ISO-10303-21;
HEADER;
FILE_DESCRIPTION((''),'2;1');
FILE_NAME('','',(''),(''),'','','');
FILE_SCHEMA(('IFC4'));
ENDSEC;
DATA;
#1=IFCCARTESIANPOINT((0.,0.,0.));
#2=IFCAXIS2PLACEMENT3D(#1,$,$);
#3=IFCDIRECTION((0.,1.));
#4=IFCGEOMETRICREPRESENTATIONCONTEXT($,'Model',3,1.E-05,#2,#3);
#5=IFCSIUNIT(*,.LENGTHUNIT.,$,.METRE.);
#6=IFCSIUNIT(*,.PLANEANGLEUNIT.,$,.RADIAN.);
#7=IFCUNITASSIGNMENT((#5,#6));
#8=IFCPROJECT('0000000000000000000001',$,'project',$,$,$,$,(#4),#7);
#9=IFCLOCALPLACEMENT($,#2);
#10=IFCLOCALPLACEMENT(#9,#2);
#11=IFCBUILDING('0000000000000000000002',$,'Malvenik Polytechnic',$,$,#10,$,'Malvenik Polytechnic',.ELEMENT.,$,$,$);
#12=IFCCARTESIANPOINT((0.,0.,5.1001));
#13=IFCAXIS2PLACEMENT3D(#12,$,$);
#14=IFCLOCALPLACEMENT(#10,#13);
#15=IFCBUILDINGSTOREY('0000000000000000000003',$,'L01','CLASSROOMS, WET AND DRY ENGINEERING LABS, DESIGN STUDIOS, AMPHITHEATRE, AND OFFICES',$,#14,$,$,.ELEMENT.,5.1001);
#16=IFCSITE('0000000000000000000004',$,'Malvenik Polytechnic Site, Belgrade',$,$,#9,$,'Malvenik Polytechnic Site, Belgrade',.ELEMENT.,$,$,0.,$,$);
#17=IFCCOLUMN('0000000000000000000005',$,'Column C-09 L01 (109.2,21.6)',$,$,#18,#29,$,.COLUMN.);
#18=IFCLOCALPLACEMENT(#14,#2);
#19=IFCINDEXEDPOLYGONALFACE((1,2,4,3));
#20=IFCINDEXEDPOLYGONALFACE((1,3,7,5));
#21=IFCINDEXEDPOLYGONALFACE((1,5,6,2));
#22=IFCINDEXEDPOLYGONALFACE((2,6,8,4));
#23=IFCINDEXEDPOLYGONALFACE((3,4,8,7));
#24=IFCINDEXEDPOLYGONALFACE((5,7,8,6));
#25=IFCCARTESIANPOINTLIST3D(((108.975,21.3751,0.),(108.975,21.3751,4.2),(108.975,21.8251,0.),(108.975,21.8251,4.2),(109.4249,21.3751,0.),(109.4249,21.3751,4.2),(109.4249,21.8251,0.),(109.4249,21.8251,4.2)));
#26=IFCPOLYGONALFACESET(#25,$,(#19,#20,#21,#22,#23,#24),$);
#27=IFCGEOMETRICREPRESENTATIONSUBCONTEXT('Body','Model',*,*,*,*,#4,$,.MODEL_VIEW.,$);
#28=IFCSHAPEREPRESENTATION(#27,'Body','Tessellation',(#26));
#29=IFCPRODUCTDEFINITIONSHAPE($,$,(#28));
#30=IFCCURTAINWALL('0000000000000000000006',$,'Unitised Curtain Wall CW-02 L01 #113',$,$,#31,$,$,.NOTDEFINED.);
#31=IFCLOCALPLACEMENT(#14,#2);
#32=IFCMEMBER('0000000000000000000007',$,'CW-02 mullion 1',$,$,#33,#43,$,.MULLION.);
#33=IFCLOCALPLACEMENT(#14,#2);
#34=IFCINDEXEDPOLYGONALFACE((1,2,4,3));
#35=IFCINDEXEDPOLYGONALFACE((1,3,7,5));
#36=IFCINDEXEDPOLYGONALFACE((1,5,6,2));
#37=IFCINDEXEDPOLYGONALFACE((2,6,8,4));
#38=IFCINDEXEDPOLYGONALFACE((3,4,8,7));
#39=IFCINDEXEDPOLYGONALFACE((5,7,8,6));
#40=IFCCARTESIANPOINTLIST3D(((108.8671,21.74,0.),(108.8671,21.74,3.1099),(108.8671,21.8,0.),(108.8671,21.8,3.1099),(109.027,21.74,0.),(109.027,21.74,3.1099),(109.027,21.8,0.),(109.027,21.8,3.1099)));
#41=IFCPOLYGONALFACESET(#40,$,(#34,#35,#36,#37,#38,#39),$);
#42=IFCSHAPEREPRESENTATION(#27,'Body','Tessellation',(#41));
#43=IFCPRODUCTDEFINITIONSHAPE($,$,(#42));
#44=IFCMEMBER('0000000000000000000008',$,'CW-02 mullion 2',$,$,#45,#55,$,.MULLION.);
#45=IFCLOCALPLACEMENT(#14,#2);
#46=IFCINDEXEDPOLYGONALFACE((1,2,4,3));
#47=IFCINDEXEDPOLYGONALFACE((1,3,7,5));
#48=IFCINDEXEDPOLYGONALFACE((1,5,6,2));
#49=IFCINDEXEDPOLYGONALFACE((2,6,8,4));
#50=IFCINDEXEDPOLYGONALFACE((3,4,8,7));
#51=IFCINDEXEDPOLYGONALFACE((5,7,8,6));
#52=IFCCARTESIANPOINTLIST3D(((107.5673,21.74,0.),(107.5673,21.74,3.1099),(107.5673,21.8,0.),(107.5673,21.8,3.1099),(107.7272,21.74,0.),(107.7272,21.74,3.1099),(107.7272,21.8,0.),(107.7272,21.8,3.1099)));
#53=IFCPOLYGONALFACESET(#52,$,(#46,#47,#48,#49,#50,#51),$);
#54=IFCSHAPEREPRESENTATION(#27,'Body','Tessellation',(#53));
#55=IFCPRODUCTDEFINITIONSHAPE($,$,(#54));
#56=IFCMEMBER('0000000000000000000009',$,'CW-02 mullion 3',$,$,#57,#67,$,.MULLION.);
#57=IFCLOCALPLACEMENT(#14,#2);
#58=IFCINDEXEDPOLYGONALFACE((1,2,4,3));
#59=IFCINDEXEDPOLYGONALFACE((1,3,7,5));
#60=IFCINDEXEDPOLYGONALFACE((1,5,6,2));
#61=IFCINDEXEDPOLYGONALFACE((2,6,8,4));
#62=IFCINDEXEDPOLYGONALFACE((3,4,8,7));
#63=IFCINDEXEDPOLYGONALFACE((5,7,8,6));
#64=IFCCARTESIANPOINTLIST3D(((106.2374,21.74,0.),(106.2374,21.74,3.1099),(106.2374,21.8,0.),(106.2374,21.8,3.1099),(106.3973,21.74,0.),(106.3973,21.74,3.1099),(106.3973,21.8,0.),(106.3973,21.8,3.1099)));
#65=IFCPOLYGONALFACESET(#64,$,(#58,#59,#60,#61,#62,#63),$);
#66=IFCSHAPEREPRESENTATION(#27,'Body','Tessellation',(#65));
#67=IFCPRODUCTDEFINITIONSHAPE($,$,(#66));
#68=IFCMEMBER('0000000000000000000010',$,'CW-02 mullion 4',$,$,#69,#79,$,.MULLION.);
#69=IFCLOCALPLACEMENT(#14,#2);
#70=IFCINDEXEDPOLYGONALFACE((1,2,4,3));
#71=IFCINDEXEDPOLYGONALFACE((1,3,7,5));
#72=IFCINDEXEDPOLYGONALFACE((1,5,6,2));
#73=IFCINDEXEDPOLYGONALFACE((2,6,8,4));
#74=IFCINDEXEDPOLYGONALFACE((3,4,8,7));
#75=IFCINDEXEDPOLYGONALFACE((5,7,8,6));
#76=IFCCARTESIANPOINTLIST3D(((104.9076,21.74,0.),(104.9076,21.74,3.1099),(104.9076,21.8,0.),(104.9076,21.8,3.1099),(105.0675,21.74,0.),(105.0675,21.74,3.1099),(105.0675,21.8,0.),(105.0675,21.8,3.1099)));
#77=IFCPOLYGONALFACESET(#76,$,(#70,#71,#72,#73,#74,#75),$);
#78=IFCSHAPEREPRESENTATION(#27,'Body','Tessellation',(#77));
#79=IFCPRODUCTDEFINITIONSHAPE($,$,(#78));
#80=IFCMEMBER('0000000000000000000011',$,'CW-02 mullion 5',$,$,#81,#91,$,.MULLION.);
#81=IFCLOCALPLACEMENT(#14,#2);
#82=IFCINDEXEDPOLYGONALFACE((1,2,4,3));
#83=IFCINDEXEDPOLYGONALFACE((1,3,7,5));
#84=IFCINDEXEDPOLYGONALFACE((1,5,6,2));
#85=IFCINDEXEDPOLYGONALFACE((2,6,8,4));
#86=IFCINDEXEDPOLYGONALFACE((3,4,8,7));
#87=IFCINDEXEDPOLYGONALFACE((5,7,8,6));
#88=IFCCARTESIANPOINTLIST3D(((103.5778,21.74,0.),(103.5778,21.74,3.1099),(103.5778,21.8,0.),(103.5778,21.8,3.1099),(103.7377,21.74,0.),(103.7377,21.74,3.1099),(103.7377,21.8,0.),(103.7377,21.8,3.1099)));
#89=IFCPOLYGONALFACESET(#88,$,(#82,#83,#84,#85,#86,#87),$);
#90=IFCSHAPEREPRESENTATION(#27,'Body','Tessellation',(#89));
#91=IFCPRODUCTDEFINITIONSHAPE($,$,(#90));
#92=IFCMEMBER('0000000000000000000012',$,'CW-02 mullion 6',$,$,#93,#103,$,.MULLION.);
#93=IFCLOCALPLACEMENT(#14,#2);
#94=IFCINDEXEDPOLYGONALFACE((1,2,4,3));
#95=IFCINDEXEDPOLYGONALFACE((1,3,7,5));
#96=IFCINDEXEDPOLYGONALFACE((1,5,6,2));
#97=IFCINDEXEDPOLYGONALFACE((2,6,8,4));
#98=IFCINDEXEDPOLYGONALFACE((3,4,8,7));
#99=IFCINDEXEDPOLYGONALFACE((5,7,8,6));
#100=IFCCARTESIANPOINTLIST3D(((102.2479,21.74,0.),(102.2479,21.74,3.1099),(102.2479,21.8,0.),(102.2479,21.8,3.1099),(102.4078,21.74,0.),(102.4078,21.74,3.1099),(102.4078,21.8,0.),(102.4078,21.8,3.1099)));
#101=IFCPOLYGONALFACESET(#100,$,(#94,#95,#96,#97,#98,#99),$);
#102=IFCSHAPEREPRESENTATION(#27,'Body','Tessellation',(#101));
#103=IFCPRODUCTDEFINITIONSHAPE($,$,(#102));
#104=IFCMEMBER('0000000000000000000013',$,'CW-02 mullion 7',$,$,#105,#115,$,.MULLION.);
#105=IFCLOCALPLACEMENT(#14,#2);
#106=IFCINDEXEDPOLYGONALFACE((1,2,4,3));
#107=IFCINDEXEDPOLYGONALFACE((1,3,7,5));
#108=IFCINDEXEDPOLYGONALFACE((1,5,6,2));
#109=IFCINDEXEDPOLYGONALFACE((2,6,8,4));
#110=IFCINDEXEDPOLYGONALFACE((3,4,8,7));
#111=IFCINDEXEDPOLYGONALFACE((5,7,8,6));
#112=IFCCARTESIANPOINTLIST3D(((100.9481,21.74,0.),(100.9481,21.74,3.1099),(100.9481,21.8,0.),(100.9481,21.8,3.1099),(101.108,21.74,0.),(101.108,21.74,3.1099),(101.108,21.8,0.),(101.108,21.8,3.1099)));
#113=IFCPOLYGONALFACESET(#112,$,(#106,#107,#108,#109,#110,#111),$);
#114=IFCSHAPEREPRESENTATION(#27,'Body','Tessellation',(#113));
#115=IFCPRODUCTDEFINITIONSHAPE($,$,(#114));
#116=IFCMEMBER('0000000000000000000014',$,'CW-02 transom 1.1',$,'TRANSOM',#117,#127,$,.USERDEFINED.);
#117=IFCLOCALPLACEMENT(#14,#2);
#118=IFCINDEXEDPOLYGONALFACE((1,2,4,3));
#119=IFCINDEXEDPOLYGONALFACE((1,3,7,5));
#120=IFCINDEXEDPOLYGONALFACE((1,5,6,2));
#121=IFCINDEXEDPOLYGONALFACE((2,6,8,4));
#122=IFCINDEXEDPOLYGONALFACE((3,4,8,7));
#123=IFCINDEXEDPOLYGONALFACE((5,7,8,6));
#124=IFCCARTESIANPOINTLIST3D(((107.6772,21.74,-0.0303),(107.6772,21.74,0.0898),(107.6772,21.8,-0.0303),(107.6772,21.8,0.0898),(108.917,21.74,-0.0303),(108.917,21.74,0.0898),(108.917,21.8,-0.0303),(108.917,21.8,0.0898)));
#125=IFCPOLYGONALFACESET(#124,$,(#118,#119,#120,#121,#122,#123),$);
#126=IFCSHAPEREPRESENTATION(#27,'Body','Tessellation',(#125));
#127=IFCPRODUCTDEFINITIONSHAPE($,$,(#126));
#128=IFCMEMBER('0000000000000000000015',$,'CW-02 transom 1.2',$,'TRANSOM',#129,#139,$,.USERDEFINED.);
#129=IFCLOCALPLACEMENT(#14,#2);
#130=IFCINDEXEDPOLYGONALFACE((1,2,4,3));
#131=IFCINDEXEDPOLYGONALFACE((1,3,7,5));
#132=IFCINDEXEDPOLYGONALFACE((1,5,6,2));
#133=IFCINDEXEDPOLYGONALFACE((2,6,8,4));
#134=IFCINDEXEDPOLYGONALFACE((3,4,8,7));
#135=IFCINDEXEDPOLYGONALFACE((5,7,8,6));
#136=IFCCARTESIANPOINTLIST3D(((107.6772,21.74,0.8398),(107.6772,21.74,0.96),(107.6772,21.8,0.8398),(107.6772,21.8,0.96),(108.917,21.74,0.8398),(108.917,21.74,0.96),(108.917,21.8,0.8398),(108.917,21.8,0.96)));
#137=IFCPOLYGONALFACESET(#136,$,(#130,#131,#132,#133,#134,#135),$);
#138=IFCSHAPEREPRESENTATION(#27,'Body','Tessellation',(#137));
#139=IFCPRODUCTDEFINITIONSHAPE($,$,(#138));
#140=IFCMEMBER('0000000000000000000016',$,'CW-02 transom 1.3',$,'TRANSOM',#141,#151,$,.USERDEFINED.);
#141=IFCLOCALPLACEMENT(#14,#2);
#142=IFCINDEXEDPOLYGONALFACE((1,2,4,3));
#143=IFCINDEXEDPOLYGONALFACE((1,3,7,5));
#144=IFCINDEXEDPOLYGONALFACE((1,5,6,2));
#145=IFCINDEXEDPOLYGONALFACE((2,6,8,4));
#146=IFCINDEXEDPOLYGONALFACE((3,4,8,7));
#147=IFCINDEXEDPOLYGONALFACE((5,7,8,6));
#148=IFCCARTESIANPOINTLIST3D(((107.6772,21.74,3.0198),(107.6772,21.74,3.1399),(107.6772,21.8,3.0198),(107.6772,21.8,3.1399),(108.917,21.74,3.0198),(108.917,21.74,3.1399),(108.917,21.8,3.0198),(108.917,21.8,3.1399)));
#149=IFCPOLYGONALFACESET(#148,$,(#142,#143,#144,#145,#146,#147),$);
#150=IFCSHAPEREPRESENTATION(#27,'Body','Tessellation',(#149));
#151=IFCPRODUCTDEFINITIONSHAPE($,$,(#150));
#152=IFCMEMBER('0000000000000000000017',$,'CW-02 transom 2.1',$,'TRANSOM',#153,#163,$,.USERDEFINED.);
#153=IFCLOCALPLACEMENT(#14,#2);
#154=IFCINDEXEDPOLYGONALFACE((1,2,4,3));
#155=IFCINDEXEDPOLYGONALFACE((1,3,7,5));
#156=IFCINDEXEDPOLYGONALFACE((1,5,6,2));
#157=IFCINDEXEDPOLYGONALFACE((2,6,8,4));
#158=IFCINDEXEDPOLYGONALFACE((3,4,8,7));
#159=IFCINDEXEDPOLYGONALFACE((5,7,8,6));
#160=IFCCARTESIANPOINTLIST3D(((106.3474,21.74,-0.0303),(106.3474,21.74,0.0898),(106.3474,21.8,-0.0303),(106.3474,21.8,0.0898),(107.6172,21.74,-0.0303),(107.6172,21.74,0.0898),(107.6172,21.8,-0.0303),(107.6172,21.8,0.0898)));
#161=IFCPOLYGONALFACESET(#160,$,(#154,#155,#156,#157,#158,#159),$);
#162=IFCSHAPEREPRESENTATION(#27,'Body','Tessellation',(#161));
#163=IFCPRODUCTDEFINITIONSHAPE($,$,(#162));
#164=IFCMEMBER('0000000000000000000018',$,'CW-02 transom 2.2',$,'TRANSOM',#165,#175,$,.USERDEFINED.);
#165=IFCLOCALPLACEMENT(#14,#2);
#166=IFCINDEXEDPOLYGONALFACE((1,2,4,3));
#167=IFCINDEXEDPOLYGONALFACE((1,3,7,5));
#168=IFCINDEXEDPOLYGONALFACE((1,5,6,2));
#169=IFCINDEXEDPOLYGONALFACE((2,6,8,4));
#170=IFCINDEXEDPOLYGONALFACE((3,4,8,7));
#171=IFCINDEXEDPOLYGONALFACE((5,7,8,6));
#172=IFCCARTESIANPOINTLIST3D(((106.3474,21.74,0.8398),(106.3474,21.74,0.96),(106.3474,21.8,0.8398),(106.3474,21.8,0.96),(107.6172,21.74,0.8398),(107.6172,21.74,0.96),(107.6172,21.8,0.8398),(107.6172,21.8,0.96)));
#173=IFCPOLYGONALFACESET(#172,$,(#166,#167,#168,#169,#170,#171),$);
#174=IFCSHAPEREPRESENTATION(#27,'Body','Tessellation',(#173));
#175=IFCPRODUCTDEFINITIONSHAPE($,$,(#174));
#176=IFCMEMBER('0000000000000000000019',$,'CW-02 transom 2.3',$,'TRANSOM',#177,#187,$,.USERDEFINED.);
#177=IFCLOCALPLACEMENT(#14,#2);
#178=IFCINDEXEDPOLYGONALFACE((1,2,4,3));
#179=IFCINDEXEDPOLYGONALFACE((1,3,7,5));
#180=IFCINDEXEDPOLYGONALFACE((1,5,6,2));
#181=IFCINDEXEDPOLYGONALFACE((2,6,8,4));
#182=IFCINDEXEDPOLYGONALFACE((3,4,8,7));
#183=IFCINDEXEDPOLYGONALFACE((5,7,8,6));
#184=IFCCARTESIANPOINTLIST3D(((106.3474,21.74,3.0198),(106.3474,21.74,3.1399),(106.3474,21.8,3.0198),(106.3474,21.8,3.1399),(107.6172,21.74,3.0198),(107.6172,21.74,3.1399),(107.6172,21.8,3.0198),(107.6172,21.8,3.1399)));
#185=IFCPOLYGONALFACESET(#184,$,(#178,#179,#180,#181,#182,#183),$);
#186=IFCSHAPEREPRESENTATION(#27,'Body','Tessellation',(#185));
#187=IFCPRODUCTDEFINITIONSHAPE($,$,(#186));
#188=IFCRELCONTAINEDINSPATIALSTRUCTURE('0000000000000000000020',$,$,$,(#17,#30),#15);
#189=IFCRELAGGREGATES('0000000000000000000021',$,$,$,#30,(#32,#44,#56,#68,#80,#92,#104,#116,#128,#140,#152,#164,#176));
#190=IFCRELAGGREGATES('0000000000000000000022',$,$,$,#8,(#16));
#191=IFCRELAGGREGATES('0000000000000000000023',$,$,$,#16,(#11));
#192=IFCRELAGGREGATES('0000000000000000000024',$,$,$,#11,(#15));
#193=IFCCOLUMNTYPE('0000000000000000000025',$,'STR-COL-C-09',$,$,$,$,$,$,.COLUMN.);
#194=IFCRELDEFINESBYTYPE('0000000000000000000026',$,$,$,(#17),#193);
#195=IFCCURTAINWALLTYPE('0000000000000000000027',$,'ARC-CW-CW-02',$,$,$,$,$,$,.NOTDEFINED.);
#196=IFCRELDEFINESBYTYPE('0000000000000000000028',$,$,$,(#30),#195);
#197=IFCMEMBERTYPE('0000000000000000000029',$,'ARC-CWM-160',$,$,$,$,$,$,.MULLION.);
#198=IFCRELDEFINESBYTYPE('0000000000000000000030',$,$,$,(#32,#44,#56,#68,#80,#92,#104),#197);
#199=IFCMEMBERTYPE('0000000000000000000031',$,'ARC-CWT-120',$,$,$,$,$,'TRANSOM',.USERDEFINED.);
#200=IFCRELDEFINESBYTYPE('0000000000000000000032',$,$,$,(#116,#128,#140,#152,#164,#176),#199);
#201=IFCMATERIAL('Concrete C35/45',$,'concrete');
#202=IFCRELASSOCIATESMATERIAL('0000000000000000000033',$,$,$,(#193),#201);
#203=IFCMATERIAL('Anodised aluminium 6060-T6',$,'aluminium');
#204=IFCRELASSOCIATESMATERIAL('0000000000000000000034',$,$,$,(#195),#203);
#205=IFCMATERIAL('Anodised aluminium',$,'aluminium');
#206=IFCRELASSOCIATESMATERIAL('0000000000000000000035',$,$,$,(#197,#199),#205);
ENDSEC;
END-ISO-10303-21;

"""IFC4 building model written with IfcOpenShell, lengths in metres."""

from ifc_helpers import new_model, si_unit, direction, frame, origin, origin_2d, place, context, subcontext, project, spatial, rectangle, extrude, material, material_profile, profile_set, type_object, element, aggregate, save


model = new_model("IFC4")

# Units and contexts
model_context = context("Model", 3, precision=1e-05, world=origin(), true_north=direction((0.0, 1.0)))
body_context = subcontext(model_context, "Body", "Model", "MODEL_VIEW")
ifc_project = project(units=[si_unit("LENGTHUNIT", "METRE"), si_unit("PLANEANGLEUNIT", "RADIAN")], contexts=[model_context])

# Site, building, storey
site_placement = place(None, origin())
site = spatial("IfcSite", under=ifc_project, at=site_placement, Name="Malvenik Polytechnic Site, Belgrade", LongName="Malvenik Polytechnic Site, Belgrade", CompositionType="ELEMENT", RefElevation=0.0)
building_placement = place(site_placement, origin())
building = spatial("IfcBuilding", under=site, at=building_placement, Name="Malvenik Polytechnic", LongName="Malvenik Polytechnic", CompositionType="ELEMENT")
storey_placement = place(building_placement, frame((0.0, 0.0, 5.1001)))
storey = spatial("IfcBuildingStorey", under=building, at=storey_placement, Name="L01", Description="CLASSROOMS, WET AND DRY ENGINEERING LABS, DESIGN STUDIOS, AMPHITHEATRE, AND OFFICES", CompositionType="ELEMENT", Elevation=5.1001)

# Column
ifc_material_1 = material(Name="Concrete C35/45", Category="concrete")
ifc_material_profile_1 = material_profile(ifc_material_1, rectangle(XDim=0.45, YDim=0.45, at=origin_2d()), Name="RC COL 450x450")
ifc_profile_set_1 = profile_set([ifc_material_profile_1], Name="Concrete C35/45")
column_type = type_object("IfcColumnType", Name="STR-COL-C-09", PredefinedType="COLUMN", material=ifc_profile_set_1)
column_placement = place(storey_placement, frame((109.2, 21.6001, 0.0), z_axis=(0.0, 0.0, 1.0), x_axis=(1.0, 0.0, 0.0)))
element("IfcColumn", 1, at=column_placement, inside=storey, type_object=column_type, Name="Column C-09 L01 (109.2,21.6)", PredefinedType="COLUMN", context=body_context, shape_type="SweptSolid", body=[
    extrude(rectangle(XDim=0.45, YDim=0.45, at=origin_2d()), origin(), (0.0, 0.0, 1.0), 4.2),
])

# Curtain wall, members
ifc_material_2 = material(Name="Anodised aluminium 6060-T6", Category="aluminium")
curtain_wall_type = type_object("IfcCurtainWallType", Name="ARC-CW-CW-02", PredefinedType="NOTDEFINED", material=ifc_material_2)
curtain_wall_placement = place(storey_placement, origin())
curtain_wall = element("IfcCurtainWall", 2, at=curtain_wall_placement, inside=storey, type_object=curtain_wall_type, Name="Unitised Curtain Wall CW-02 L01 #113", PredefinedType="NOTDEFINED")
ifc_material_3 = material(Name="Anodised aluminium", Category="aluminium")
ifc_material_profile_2 = material_profile(ifc_material_3, rectangle(XDim=0.0601, YDim=0.1599, at=origin_2d()), Name="ALU MULLION 60x160")
ifc_profile_set_2 = profile_set([ifc_material_profile_2], Name="Anodised aluminium")
member_type_1 = type_object("IfcMemberType", Name="ARC-CWM-160", PredefinedType="MULLION", material=ifc_profile_set_2)
member_1_placement = place(storey_placement, frame((108.947, 21.77, 0.0), z_axis=(0.0, 0.0, 1.0), x_axis=(0.0, -1.0, 0.0)))
member_1 = element("IfcMember", 3, at=member_1_placement, type_object=member_type_1, Name="CW-02 mullion 1", PredefinedType="MULLION", context=body_context, shape_type="SweptSolid", body=[
    extrude(rectangle(XDim=0.0601, YDim=0.1599, at=origin_2d()), origin(), (0.0, 0.0, 1.0), 3.1099),
])
member_2_placement = place(storey_placement, frame((107.6472, 21.77, 0.0), z_axis=(0.0, 0.0, 1.0), x_axis=(0.0, -1.0, 0.0)))
member_2 = element("IfcMember", 4, at=member_2_placement, type_object=member_type_1, Name="CW-02 mullion 2", PredefinedType="MULLION", context=body_context, shape_type="SweptSolid", body=[
    extrude(rectangle(XDim=0.0601, YDim=0.1599, at=origin_2d()), origin(), (0.0, 0.0, 1.0), 3.1099),
])
member_3_placement = place(storey_placement, frame((106.3174, 21.77, 0.0), z_axis=(0.0, 0.0, 1.0), x_axis=(0.0, -1.0, 0.0)))
member_3 = element("IfcMember", 5, at=member_3_placement, type_object=member_type_1, Name="CW-02 mullion 3", PredefinedType="MULLION", context=body_context, shape_type="SweptSolid", body=[
    extrude(rectangle(XDim=0.0601, YDim=0.1599, at=origin_2d()), origin(), (0.0, 0.0, 1.0), 3.1099),
])
member_4_placement = place(storey_placement, frame((104.9875, 21.77, 0.0), z_axis=(0.0, 0.0, 1.0), x_axis=(0.0, -1.0, 0.0)))
member_4 = element("IfcMember", 6, at=member_4_placement, type_object=member_type_1, Name="CW-02 mullion 4", PredefinedType="MULLION", context=body_context, shape_type="SweptSolid", body=[
    extrude(rectangle(XDim=0.0601, YDim=0.1599, at=origin_2d()), origin(), (0.0, 0.0, 1.0), 3.1099),
])
member_5_placement = place(storey_placement, frame((103.6577, 21.77, 0.0), z_axis=(0.0, 0.0, 1.0), x_axis=(0.0, -1.0, 0.0)))
member_5 = element("IfcMember", 7, at=member_5_placement, type_object=member_type_1, Name="CW-02 mullion 5", PredefinedType="MULLION", context=body_context, shape_type="SweptSolid", body=[
    extrude(rectangle(XDim=0.0601, YDim=0.1599, at=origin_2d()), origin(), (0.0, 0.0, 1.0), 3.1099),
])
member_6_placement = place(storey_placement, frame((102.3279, 21.77, 0.0), z_axis=(0.0, 0.0, 1.0), x_axis=(0.0, -1.0, 0.0)))
member_6 = element("IfcMember", 8, at=member_6_placement, type_object=member_type_1, Name="CW-02 mullion 6", PredefinedType="MULLION", context=body_context, shape_type="SweptSolid", body=[
    extrude(rectangle(XDim=0.0601, YDim=0.1599, at=origin_2d()), origin(), (0.0, 0.0, 1.0), 3.1099),
])
member_7_placement = place(storey_placement, frame((101.0281, 21.77, 0.0), z_axis=(0.0, 0.0, 1.0), x_axis=(0.0, -1.0, 0.0)))
member_7 = element("IfcMember", 9, at=member_7_placement, type_object=member_type_1, Name="CW-02 mullion 7", PredefinedType="MULLION", context=body_context, shape_type="SweptSolid", body=[
    extrude(rectangle(XDim=0.0601, YDim=0.1599, at=origin_2d()), origin(), (0.0, 0.0, 1.0), 3.1099),
])
ifc_material_profile_3 = material_profile(ifc_material_3, rectangle(XDim=0.0601, YDim=0.1201, at=origin_2d()), Name="ALU TRANSOM 60x120")
ifc_profile_set_3 = profile_set([ifc_material_profile_3], Name="Anodised aluminium")
member_type_2 = type_object("IfcMemberType", Name="ARC-CWT-120", ElementType="TRANSOM", PredefinedType="USERDEFINED", material=ifc_profile_set_3)
member_8_placement = place(storey_placement, frame((108.917, 21.77, 0.0298), z_axis=(-1.0, 0.0, 0.0), x_axis=(0.0, -1.0, 0.0)))
member_8 = element("IfcMember", 10, at=member_8_placement, type_object=member_type_2, Name="CW-02 transom 1.1", ObjectType="TRANSOM", PredefinedType="USERDEFINED", context=body_context, shape_type="SweptSolid", body=[
    extrude(rectangle(XDim=0.0601, YDim=0.1201, at=origin_2d()), origin(), (0.0, 0.0, 1.0), 1.2397),
])
member_9_placement = place(storey_placement, frame((108.917, 21.77, 0.8999), z_axis=(-1.0, 0.0, 0.0), x_axis=(0.0, -1.0, 0.0)))
member_9 = element("IfcMember", 11, at=member_9_placement, type_object=member_type_2, Name="CW-02 transom 1.2", ObjectType="TRANSOM", PredefinedType="USERDEFINED", context=body_context, shape_type="SweptSolid", body=[
    extrude(rectangle(XDim=0.0601, YDim=0.1201, at=origin_2d()), origin(), (0.0, 0.0, 1.0), 1.2397),
])
member_10_placement = place(storey_placement, frame((108.917, 21.77, 3.0798), z_axis=(-1.0, 0.0, 0.0), x_axis=(0.0, -1.0, 0.0)))
member_10 = element("IfcMember", 12, at=member_10_placement, type_object=member_type_2, Name="CW-02 transom 1.3", ObjectType="TRANSOM", PredefinedType="USERDEFINED", context=body_context, shape_type="SweptSolid", body=[
    extrude(rectangle(XDim=0.0601, YDim=0.1201, at=origin_2d()), origin(), (0.0, 0.0, 1.0), 1.2397),
])
member_11_placement = place(storey_placement, frame((107.6172, 21.77, 0.0298), z_axis=(-1.0, 0.0, 0.0), x_axis=(0.0, -1.0, 0.0)))
member_11 = element("IfcMember", 13, at=member_11_placement, type_object=member_type_2, Name="CW-02 transom 2.1", ObjectType="TRANSOM", PredefinedType="USERDEFINED", context=body_context, shape_type="SweptSolid", body=[
    extrude(rectangle(XDim=0.0601, YDim=0.1201, at=origin_2d()), origin(), (0.0, 0.0, 1.0), 1.2698),
])
member_12_placement = place(storey_placement, frame((107.6172, 21.77, 0.8999), z_axis=(-1.0, 0.0, 0.0), x_axis=(0.0, -1.0, 0.0)))
member_12 = element("IfcMember", 14, at=member_12_placement, type_object=member_type_2, Name="CW-02 transom 2.2", ObjectType="TRANSOM", PredefinedType="USERDEFINED", context=body_context, shape_type="SweptSolid", body=[
    extrude(rectangle(XDim=0.0601, YDim=0.1201, at=origin_2d()), origin(), (0.0, 0.0, 1.0), 1.2698),
])
member_13_placement = place(storey_placement, frame((107.6172, 21.77, 3.0798), z_axis=(-1.0, 0.0, 0.0), x_axis=(0.0, -1.0, 0.0)))
member_13 = element("IfcMember", 15, at=member_13_placement, type_object=member_type_2, Name="CW-02 transom 2.3", ObjectType="TRANSOM", PredefinedType="USERDEFINED", context=body_context, shape_type="SweptSolid", body=[
    extrude(rectangle(XDim=0.0601, YDim=0.1201, at=origin_2d()), origin(), (0.0, 0.0, 1.0), 1.2698),
])

aggregate(curtain_wall, [member_1, member_2, member_3, member_4, member_5, member_6, member_7, member_8, member_9, member_10, member_11, member_12, member_13])

save(model, "model.ifc")
